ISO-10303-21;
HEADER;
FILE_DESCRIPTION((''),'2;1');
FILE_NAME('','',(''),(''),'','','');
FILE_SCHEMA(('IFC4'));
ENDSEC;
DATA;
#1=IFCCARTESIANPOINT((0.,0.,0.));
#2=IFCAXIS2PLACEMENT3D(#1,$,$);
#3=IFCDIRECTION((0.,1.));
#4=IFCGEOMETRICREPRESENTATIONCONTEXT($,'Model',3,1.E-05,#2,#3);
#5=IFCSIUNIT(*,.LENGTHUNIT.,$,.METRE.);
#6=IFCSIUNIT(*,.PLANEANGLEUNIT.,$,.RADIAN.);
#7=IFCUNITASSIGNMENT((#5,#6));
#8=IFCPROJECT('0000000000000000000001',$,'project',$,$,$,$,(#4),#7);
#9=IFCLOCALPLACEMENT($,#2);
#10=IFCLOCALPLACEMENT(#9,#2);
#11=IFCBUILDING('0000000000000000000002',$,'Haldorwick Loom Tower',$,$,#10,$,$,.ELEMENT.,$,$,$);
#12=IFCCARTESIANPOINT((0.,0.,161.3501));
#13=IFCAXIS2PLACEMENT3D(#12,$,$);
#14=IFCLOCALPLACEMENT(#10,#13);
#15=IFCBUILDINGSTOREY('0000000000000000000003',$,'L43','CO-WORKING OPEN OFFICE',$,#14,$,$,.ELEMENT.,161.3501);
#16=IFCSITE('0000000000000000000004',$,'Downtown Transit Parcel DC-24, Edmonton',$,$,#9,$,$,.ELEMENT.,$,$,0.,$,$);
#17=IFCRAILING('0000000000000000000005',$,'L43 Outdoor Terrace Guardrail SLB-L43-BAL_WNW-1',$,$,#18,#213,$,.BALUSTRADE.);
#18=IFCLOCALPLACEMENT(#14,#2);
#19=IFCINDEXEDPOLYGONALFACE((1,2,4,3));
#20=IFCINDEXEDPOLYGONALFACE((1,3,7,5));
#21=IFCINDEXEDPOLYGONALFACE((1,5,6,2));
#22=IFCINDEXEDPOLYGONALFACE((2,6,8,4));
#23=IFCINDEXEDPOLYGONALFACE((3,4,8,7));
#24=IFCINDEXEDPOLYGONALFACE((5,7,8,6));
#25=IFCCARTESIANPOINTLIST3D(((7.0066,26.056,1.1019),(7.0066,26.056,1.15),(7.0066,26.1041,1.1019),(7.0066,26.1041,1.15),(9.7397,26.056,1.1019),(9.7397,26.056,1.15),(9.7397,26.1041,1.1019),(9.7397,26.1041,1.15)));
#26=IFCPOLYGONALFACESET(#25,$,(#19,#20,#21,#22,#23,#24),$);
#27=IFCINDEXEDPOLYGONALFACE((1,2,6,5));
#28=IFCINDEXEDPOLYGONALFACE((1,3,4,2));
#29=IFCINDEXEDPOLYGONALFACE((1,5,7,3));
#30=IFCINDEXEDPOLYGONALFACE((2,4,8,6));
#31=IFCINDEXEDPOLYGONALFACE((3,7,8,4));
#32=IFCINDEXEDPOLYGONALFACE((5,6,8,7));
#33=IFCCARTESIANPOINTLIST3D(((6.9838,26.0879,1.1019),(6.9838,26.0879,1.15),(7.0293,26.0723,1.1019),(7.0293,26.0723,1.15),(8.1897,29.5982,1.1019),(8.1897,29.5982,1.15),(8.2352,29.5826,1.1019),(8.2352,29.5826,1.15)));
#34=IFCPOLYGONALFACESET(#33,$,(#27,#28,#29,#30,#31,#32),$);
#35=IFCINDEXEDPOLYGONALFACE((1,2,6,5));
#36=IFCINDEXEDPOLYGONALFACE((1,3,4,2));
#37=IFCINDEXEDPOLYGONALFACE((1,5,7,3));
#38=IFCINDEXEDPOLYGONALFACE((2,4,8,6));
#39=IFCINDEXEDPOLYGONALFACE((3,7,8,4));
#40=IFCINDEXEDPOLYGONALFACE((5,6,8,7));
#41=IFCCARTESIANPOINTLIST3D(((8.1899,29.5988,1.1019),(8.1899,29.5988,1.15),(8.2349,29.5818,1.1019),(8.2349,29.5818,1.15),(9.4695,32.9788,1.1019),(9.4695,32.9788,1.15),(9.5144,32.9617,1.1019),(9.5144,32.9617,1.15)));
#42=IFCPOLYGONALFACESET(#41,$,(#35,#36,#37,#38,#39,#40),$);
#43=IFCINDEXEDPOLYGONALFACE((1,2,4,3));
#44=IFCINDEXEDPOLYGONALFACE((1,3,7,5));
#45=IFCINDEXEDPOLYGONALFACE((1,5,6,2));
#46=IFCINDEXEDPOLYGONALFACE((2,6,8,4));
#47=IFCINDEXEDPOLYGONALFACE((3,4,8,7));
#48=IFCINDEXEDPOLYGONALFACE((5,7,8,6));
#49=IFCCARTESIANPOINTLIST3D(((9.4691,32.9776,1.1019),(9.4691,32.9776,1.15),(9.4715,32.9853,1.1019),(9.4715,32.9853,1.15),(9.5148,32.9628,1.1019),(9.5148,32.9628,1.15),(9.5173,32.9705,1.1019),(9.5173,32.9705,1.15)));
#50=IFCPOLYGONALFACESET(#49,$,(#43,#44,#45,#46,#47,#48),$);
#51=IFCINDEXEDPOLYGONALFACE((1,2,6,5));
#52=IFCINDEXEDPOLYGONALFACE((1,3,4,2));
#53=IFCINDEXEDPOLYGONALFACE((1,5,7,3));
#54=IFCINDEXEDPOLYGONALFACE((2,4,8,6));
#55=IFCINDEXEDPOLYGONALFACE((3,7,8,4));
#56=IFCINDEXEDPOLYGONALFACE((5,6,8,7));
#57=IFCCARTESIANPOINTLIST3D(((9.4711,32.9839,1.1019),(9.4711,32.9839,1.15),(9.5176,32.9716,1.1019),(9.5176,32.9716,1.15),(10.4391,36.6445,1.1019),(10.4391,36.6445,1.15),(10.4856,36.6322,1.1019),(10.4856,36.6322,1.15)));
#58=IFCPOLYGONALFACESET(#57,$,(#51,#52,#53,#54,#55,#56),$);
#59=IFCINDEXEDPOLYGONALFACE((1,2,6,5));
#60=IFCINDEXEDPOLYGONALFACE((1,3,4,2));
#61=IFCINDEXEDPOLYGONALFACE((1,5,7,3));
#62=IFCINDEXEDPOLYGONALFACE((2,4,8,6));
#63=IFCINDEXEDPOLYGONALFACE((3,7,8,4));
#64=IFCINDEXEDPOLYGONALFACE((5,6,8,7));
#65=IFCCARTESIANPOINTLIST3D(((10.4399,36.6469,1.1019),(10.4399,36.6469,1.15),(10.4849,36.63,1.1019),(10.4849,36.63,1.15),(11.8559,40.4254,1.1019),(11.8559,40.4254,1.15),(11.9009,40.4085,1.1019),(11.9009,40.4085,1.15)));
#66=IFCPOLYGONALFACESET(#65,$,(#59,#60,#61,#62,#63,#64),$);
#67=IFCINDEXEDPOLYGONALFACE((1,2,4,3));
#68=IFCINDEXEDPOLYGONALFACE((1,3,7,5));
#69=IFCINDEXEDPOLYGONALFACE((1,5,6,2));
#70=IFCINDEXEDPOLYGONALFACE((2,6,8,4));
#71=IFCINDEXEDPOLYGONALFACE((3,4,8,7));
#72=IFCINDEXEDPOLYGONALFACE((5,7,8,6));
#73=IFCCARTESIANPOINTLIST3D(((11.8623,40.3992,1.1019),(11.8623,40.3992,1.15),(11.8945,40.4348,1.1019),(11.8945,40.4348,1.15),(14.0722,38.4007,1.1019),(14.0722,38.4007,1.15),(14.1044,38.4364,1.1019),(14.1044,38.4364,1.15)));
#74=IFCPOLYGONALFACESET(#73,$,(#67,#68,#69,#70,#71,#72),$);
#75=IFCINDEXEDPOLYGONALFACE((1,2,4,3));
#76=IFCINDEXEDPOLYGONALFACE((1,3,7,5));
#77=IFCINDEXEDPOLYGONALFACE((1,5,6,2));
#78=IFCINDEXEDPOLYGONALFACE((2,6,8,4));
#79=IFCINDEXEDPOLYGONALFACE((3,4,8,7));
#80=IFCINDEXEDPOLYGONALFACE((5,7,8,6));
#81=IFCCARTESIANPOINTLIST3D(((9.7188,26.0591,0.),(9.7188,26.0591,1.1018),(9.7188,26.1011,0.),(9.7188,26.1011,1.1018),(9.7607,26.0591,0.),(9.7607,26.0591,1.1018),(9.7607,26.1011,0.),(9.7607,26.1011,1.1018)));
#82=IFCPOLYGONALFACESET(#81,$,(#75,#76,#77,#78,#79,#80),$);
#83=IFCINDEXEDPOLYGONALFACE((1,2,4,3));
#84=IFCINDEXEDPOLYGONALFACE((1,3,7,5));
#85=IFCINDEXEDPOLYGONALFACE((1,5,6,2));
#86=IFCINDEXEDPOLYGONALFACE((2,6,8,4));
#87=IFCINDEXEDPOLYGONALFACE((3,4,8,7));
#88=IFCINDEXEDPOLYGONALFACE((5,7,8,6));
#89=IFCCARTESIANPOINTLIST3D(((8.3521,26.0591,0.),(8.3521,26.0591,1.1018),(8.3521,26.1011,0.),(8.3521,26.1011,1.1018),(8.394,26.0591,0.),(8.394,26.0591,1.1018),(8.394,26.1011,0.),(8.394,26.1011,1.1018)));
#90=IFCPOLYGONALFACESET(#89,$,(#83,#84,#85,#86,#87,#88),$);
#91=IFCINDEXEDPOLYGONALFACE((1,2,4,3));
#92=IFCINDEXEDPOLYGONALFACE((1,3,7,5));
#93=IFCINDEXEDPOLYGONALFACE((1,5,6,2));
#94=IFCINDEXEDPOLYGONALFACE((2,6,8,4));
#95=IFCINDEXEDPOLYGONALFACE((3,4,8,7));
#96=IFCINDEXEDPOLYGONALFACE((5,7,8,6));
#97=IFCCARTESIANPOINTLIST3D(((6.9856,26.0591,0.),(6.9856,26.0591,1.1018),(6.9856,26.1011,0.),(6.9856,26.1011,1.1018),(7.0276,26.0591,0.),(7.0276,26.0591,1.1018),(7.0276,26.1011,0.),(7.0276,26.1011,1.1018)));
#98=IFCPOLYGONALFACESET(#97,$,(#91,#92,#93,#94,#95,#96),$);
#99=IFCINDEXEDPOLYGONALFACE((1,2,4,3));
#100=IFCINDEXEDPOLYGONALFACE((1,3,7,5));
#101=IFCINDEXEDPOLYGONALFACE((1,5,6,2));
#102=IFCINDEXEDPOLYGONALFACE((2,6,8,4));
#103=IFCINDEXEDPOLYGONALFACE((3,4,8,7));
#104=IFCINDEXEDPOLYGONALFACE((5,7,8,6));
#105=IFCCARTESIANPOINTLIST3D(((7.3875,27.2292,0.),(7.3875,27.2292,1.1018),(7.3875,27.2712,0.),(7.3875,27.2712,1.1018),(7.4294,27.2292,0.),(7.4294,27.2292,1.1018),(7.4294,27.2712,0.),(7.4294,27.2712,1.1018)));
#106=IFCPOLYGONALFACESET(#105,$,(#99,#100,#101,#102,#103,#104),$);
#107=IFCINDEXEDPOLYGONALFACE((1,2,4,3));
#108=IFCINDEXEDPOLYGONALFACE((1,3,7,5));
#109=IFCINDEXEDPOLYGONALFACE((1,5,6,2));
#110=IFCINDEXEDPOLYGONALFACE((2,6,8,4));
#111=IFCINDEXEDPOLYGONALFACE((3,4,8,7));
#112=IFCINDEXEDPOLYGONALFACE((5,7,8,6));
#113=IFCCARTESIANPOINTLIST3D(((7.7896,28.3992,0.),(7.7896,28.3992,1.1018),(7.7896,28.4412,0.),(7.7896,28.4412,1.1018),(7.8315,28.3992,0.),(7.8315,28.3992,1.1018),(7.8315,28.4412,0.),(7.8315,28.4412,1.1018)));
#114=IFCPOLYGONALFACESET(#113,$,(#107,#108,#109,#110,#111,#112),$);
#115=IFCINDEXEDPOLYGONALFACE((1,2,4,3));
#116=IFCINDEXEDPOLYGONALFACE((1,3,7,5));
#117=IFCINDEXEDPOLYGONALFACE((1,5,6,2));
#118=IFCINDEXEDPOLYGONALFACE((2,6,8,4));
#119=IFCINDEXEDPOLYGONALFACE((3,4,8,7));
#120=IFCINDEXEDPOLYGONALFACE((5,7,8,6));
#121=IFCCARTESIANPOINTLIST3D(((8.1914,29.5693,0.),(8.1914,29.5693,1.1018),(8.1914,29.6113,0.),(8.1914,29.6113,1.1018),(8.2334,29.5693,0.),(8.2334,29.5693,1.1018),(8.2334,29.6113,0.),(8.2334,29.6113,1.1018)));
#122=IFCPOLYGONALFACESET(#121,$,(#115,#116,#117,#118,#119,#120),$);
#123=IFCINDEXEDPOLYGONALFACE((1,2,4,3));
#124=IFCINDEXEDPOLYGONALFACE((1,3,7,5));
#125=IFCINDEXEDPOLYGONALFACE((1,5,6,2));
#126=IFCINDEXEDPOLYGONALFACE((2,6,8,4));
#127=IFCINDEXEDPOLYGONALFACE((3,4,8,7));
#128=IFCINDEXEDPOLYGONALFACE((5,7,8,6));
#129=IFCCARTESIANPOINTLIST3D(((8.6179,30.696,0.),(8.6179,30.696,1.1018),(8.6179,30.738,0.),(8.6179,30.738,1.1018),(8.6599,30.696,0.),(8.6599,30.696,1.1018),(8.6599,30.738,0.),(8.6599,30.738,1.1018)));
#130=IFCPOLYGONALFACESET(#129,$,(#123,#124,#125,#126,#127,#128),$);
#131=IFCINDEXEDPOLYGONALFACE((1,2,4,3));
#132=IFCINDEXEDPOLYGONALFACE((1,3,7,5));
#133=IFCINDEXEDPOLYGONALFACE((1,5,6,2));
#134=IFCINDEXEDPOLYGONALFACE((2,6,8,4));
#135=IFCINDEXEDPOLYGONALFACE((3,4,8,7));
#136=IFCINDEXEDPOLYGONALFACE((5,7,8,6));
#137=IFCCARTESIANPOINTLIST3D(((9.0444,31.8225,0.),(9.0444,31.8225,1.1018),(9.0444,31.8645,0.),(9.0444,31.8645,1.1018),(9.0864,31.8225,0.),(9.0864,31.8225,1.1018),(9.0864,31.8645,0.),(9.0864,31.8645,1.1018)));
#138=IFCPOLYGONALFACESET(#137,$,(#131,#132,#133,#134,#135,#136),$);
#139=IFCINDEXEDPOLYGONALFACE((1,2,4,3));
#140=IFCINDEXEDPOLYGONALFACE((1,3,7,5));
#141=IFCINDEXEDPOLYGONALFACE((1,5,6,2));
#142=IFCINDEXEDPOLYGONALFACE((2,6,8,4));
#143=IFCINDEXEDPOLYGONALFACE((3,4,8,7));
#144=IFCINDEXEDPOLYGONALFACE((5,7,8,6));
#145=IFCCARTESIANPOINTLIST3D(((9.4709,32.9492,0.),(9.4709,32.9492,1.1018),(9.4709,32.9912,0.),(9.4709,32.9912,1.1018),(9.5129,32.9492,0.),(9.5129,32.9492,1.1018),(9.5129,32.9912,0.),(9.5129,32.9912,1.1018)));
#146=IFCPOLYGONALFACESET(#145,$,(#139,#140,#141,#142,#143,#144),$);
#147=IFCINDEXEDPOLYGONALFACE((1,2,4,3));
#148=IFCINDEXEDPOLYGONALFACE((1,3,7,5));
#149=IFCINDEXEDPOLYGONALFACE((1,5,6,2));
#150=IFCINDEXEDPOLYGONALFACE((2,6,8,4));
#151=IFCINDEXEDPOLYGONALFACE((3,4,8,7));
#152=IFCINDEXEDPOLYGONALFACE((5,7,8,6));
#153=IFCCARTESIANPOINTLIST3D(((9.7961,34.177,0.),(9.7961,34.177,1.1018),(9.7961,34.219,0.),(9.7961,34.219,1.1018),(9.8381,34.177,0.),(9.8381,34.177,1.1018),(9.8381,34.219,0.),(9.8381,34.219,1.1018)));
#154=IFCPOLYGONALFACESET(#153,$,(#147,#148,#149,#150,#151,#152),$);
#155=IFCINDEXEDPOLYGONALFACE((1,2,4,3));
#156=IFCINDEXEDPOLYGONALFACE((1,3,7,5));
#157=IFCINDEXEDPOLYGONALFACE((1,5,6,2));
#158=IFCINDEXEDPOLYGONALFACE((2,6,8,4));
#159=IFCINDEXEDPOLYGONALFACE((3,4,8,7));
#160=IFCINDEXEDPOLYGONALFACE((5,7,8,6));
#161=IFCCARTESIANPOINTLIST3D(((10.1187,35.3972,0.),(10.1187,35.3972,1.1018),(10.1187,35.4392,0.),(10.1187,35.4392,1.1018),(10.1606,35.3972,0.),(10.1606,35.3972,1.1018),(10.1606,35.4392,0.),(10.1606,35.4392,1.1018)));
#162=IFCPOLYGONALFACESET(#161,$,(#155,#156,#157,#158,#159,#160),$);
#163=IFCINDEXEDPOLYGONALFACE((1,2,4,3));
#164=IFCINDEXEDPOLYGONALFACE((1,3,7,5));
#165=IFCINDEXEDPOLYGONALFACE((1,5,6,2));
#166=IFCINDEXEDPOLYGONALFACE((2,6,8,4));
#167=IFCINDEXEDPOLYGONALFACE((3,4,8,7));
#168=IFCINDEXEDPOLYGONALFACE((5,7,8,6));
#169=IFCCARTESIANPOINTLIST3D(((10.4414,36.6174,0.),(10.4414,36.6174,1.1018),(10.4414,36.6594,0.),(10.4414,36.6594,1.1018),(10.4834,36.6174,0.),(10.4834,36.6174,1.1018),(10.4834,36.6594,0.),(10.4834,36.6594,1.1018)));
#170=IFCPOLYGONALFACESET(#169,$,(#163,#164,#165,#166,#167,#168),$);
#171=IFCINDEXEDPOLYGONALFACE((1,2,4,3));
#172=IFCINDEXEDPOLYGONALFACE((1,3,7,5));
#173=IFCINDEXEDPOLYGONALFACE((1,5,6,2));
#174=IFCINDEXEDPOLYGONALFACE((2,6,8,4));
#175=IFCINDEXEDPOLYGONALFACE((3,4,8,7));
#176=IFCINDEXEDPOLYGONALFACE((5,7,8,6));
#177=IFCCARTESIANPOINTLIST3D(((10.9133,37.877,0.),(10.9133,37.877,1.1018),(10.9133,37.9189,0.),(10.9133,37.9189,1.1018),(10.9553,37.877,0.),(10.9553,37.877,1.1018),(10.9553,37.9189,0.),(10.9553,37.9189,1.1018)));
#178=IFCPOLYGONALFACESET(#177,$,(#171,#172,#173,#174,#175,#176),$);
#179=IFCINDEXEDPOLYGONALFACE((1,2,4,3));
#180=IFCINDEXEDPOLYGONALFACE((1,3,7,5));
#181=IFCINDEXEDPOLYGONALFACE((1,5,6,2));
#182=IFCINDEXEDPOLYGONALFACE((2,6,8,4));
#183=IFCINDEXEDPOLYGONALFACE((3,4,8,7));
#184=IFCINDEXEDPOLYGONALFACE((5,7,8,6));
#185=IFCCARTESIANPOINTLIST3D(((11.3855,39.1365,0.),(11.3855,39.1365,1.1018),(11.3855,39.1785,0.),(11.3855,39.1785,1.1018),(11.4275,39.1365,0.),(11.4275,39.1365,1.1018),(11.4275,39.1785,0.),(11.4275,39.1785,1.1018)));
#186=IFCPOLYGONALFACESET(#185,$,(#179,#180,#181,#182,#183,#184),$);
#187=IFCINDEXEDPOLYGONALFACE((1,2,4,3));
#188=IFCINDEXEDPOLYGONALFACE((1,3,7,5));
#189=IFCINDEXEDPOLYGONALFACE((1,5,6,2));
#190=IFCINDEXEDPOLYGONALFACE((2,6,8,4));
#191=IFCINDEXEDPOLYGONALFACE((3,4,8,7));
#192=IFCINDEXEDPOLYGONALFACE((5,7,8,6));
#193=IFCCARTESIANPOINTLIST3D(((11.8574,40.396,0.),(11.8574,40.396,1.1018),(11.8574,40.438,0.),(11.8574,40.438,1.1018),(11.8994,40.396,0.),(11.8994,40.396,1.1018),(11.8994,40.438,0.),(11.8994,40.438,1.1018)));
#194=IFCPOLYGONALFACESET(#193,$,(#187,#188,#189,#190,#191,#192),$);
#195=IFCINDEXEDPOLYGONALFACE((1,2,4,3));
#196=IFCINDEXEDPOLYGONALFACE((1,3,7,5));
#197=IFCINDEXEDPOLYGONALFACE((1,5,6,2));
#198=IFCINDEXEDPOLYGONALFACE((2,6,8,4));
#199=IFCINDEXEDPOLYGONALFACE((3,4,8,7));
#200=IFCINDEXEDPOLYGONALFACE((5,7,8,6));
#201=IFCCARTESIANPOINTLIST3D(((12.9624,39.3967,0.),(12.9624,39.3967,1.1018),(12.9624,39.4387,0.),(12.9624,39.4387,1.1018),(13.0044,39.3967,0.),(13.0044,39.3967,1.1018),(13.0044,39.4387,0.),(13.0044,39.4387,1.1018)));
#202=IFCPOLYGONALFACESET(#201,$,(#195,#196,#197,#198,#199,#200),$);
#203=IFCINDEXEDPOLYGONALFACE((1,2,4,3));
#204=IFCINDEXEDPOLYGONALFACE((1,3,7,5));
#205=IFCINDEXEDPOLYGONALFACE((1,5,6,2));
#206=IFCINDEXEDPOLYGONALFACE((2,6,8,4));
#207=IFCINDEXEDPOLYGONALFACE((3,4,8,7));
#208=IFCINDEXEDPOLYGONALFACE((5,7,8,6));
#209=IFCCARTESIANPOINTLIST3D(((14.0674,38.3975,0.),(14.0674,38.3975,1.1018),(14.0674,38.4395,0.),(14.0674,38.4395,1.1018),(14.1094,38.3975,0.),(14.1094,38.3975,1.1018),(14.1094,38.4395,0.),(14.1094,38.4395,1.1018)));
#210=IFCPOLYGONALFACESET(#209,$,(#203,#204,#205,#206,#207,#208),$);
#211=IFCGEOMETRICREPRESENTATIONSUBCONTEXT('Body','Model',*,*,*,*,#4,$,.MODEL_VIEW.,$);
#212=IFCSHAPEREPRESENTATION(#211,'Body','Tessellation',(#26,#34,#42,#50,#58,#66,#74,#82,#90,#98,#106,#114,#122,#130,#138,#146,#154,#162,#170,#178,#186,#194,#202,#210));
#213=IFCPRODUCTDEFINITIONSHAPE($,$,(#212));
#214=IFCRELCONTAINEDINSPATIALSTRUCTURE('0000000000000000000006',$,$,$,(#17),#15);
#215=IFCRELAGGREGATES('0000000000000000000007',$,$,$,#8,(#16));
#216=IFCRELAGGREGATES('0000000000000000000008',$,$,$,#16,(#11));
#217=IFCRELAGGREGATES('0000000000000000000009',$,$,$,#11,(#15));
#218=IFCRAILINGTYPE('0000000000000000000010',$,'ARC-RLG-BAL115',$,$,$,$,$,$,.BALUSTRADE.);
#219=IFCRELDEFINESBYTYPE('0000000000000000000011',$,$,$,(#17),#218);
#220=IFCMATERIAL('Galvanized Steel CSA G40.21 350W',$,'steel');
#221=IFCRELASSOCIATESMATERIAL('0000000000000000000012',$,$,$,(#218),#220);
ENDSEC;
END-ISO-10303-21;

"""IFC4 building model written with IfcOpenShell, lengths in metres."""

from ifc_helpers import new_model, si_unit, direction, frame, origin, origin_2d, place, context, subcontext, project, spatial, rectangle, extrude, material, type_object, element, save


model = new_model("IFC4")

# Units and contexts
model_context = context("Model", 3, precision=1e-05, world=origin(), true_north=direction((0.0, 1.0)))
body_context = subcontext(model_context, "Body", "Model", "MODEL_VIEW")
ifc_project = project(units=[si_unit("LENGTHUNIT", "METRE"), si_unit("PLANEANGLEUNIT", "RADIAN")], contexts=[model_context])

# Site, building, storey
site_placement = place(None, origin())
site = spatial("IfcSite", under=ifc_project, at=site_placement, Name="Downtown Transit Parcel DC-24, Edmonton", CompositionType="ELEMENT", RefElevation=0.0)
building_placement = place(site_placement, origin())
building = spatial("IfcBuilding", under=site, at=building_placement, Name="Haldorwick Loom Tower", CompositionType="ELEMENT")
storey_placement = place(building_placement, frame((0.0, 0.0, 161.3501)))
storey = spatial("IfcBuildingStorey", under=building, at=storey_placement, Name="L43", Description="CO-WORKING OPEN OFFICE", CompositionType="ELEMENT", Elevation=161.3501)

# Railing
ifc_material_1 = material(Name="Galvanized Steel CSA G40.21 350W", Category="steel")
railing_type = type_object("IfcRailingType", Name="ARC-RLG-BAL115", PredefinedType="BALUSTRADE", material=ifc_material_1)
railing_placement = place(storey_placement, frame((9.7397, 26.0801, 0.0)))
element("IfcRailing", 1, at=railing_placement, inside=storey, type_object=railing_type, Name="L43 Outdoor Terrace Guardrail SLB-L43-BAL_WNW-1", PredefinedType="BALUSTRADE", context=body_context, shape_type="SweptSolid", body=[
    extrude(rectangle(XDim=0.0481, YDim=0.0481, at=origin_2d()), frame((0.0, 0.0, 1.126), z_axis=(-1.0, 0.0, 0.0), x_axis=(0.0, -1.0, 0.0)), (0.0, 0.0, 1.0), 2.7332),
    extrude(rectangle(XDim=0.0481, YDim=0.0481, at=origin_2d()), frame((-2.7332, 0.0, 1.126), z_axis=(0.324878, 0.945756, 0.0), x_axis=(-0.945756, 0.324878, 0.0)), (0.0, 0.0, 1.0), 3.7117),
    extrude(rectangle(XDim=0.0481, YDim=0.0481, at=origin_2d()), frame((-1.5273, 3.5103, 1.126), z_axis=(0.354053, 0.935225, 0.0), x_axis=(-0.935225, 0.354053, 0.0)), (0.0, 0.0, 1.0), 3.614),
    extrude(rectangle(XDim=0.0481, YDim=0.0481, at=origin_2d()), frame((-0.2478, 6.8901, 1.126), z_axis=(0.307003, 0.951709, 0.0), x_axis=(-0.951709, 0.307003, 0.0)), (0.0, 0.0, 1.0), 0.0081),
    extrude(rectangle(XDim=0.0481, YDim=0.0481, at=origin_2d()), frame((-0.2454, 6.8977, 1.126), z_axis=(0.255652, 0.966769, 0.0), x_axis=(-0.966769, 0.255652, 0.0)), (0.0, 0.0, 1.0), 3.7864),
    extrude(rectangle(XDim=0.0481, YDim=0.0481, at=origin_2d()), frame((0.7227, 10.5583, 1.126), z_axis=(0.350918, 0.936406, 0.0), x_axis=(-0.936406, 0.350918, 0.0)), (0.0, 0.0, 1.0), 4.0352),
    extrude(rectangle(XDim=0.0481, YDim=0.0481, at=origin_2d()), frame((2.1387, 14.3369, 1.126), z_axis=(0.741695, -0.670737, 0.0), x_axis=(0.670737, 0.741695, 0.0)), (0.0, 0.0, 1.0), 2.9795),
    extrude(rectangle(XDim=0.042, YDim=0.042, at=origin_2d()), origin(), (0.0, 0.0, 1.0), 1.1018),
    extrude(rectangle(XDim=0.042, YDim=0.042, at=origin_2d()), frame((-1.3667, 0.0, 0.0)), (0.0, 0.0, 1.0), 1.1018),
    extrude(rectangle(XDim=0.042, YDim=0.042, at=origin_2d()), frame((-2.7332, 0.0, 0.0)), (0.0, 0.0, 1.0), 1.1018),
    extrude(rectangle(XDim=0.042, YDim=0.042, at=origin_2d()), frame((-2.3313, 1.1702, 0.0)), (0.0, 0.0, 1.0), 1.1018),
    extrude(rectangle(XDim=0.042, YDim=0.042, at=origin_2d()), frame((-1.9292, 2.3401, 0.0)), (0.0, 0.0, 1.0), 1.1018),
    extrude(rectangle(XDim=0.042, YDim=0.042, at=origin_2d()), frame((-1.5273, 3.5103, 0.0)), (0.0, 0.0, 1.0), 1.1018),
    extrude(rectangle(XDim=0.042, YDim=0.042, at=origin_2d()), frame((-1.1008, 4.637, 0.0)), (0.0, 0.0, 1.0), 1.1018),
    extrude(rectangle(XDim=0.042, YDim=0.042, at=origin_2d()), frame((-0.6743, 5.7634, 0.0)), (0.0, 0.0, 1.0), 1.1018),
    extrude(rectangle(XDim=0.042, YDim=0.042, at=origin_2d()), frame((-0.2478, 6.8901, 0.0)), (0.0, 0.0, 1.0), 1.1018),
    extrude(rectangle(XDim=0.042, YDim=0.042, at=origin_2d()), frame((0.0774, 8.1179, 0.0)), (0.0, 0.0, 1.0), 1.1018),
    extrude(rectangle(XDim=0.042, YDim=0.042, at=origin_2d()), frame((0.3999, 9.3381, 0.0)), (0.0, 0.0, 1.0), 1.1018),
    extrude(rectangle(XDim=0.042, YDim=0.042, at=origin_2d()), frame((0.7227, 10.5583, 0.0)), (0.0, 0.0, 1.0), 1.1018),
    extrude(rectangle(XDim=0.042, YDim=0.042, at=origin_2d()), frame((1.1946, 11.8179, 0.0)), (0.0, 0.0, 1.0), 1.1018),
    extrude(rectangle(XDim=0.042, YDim=0.042, at=origin_2d()), frame((1.6667, 13.0774, 0.0)), (0.0, 0.0, 1.0), 1.1018),
    extrude(rectangle(XDim=0.042, YDim=0.042, at=origin_2d()), frame((2.1387, 14.3369, 0.0)), (0.0, 0.0, 1.0), 1.1018),
    extrude(rectangle(XDim=0.042, YDim=0.042, at=origin_2d()), frame((3.2437, 13.3376, 0.0)), (0.0, 0.0, 1.0), 1.1018),
    extrude(rectangle(XDim=0.042, YDim=0.042, at=origin_2d()), frame((4.3486, 12.3384, 0.0)), (0.0, 0.0, 1.0), 1.1018),
])

save(model, "model.ifc")
